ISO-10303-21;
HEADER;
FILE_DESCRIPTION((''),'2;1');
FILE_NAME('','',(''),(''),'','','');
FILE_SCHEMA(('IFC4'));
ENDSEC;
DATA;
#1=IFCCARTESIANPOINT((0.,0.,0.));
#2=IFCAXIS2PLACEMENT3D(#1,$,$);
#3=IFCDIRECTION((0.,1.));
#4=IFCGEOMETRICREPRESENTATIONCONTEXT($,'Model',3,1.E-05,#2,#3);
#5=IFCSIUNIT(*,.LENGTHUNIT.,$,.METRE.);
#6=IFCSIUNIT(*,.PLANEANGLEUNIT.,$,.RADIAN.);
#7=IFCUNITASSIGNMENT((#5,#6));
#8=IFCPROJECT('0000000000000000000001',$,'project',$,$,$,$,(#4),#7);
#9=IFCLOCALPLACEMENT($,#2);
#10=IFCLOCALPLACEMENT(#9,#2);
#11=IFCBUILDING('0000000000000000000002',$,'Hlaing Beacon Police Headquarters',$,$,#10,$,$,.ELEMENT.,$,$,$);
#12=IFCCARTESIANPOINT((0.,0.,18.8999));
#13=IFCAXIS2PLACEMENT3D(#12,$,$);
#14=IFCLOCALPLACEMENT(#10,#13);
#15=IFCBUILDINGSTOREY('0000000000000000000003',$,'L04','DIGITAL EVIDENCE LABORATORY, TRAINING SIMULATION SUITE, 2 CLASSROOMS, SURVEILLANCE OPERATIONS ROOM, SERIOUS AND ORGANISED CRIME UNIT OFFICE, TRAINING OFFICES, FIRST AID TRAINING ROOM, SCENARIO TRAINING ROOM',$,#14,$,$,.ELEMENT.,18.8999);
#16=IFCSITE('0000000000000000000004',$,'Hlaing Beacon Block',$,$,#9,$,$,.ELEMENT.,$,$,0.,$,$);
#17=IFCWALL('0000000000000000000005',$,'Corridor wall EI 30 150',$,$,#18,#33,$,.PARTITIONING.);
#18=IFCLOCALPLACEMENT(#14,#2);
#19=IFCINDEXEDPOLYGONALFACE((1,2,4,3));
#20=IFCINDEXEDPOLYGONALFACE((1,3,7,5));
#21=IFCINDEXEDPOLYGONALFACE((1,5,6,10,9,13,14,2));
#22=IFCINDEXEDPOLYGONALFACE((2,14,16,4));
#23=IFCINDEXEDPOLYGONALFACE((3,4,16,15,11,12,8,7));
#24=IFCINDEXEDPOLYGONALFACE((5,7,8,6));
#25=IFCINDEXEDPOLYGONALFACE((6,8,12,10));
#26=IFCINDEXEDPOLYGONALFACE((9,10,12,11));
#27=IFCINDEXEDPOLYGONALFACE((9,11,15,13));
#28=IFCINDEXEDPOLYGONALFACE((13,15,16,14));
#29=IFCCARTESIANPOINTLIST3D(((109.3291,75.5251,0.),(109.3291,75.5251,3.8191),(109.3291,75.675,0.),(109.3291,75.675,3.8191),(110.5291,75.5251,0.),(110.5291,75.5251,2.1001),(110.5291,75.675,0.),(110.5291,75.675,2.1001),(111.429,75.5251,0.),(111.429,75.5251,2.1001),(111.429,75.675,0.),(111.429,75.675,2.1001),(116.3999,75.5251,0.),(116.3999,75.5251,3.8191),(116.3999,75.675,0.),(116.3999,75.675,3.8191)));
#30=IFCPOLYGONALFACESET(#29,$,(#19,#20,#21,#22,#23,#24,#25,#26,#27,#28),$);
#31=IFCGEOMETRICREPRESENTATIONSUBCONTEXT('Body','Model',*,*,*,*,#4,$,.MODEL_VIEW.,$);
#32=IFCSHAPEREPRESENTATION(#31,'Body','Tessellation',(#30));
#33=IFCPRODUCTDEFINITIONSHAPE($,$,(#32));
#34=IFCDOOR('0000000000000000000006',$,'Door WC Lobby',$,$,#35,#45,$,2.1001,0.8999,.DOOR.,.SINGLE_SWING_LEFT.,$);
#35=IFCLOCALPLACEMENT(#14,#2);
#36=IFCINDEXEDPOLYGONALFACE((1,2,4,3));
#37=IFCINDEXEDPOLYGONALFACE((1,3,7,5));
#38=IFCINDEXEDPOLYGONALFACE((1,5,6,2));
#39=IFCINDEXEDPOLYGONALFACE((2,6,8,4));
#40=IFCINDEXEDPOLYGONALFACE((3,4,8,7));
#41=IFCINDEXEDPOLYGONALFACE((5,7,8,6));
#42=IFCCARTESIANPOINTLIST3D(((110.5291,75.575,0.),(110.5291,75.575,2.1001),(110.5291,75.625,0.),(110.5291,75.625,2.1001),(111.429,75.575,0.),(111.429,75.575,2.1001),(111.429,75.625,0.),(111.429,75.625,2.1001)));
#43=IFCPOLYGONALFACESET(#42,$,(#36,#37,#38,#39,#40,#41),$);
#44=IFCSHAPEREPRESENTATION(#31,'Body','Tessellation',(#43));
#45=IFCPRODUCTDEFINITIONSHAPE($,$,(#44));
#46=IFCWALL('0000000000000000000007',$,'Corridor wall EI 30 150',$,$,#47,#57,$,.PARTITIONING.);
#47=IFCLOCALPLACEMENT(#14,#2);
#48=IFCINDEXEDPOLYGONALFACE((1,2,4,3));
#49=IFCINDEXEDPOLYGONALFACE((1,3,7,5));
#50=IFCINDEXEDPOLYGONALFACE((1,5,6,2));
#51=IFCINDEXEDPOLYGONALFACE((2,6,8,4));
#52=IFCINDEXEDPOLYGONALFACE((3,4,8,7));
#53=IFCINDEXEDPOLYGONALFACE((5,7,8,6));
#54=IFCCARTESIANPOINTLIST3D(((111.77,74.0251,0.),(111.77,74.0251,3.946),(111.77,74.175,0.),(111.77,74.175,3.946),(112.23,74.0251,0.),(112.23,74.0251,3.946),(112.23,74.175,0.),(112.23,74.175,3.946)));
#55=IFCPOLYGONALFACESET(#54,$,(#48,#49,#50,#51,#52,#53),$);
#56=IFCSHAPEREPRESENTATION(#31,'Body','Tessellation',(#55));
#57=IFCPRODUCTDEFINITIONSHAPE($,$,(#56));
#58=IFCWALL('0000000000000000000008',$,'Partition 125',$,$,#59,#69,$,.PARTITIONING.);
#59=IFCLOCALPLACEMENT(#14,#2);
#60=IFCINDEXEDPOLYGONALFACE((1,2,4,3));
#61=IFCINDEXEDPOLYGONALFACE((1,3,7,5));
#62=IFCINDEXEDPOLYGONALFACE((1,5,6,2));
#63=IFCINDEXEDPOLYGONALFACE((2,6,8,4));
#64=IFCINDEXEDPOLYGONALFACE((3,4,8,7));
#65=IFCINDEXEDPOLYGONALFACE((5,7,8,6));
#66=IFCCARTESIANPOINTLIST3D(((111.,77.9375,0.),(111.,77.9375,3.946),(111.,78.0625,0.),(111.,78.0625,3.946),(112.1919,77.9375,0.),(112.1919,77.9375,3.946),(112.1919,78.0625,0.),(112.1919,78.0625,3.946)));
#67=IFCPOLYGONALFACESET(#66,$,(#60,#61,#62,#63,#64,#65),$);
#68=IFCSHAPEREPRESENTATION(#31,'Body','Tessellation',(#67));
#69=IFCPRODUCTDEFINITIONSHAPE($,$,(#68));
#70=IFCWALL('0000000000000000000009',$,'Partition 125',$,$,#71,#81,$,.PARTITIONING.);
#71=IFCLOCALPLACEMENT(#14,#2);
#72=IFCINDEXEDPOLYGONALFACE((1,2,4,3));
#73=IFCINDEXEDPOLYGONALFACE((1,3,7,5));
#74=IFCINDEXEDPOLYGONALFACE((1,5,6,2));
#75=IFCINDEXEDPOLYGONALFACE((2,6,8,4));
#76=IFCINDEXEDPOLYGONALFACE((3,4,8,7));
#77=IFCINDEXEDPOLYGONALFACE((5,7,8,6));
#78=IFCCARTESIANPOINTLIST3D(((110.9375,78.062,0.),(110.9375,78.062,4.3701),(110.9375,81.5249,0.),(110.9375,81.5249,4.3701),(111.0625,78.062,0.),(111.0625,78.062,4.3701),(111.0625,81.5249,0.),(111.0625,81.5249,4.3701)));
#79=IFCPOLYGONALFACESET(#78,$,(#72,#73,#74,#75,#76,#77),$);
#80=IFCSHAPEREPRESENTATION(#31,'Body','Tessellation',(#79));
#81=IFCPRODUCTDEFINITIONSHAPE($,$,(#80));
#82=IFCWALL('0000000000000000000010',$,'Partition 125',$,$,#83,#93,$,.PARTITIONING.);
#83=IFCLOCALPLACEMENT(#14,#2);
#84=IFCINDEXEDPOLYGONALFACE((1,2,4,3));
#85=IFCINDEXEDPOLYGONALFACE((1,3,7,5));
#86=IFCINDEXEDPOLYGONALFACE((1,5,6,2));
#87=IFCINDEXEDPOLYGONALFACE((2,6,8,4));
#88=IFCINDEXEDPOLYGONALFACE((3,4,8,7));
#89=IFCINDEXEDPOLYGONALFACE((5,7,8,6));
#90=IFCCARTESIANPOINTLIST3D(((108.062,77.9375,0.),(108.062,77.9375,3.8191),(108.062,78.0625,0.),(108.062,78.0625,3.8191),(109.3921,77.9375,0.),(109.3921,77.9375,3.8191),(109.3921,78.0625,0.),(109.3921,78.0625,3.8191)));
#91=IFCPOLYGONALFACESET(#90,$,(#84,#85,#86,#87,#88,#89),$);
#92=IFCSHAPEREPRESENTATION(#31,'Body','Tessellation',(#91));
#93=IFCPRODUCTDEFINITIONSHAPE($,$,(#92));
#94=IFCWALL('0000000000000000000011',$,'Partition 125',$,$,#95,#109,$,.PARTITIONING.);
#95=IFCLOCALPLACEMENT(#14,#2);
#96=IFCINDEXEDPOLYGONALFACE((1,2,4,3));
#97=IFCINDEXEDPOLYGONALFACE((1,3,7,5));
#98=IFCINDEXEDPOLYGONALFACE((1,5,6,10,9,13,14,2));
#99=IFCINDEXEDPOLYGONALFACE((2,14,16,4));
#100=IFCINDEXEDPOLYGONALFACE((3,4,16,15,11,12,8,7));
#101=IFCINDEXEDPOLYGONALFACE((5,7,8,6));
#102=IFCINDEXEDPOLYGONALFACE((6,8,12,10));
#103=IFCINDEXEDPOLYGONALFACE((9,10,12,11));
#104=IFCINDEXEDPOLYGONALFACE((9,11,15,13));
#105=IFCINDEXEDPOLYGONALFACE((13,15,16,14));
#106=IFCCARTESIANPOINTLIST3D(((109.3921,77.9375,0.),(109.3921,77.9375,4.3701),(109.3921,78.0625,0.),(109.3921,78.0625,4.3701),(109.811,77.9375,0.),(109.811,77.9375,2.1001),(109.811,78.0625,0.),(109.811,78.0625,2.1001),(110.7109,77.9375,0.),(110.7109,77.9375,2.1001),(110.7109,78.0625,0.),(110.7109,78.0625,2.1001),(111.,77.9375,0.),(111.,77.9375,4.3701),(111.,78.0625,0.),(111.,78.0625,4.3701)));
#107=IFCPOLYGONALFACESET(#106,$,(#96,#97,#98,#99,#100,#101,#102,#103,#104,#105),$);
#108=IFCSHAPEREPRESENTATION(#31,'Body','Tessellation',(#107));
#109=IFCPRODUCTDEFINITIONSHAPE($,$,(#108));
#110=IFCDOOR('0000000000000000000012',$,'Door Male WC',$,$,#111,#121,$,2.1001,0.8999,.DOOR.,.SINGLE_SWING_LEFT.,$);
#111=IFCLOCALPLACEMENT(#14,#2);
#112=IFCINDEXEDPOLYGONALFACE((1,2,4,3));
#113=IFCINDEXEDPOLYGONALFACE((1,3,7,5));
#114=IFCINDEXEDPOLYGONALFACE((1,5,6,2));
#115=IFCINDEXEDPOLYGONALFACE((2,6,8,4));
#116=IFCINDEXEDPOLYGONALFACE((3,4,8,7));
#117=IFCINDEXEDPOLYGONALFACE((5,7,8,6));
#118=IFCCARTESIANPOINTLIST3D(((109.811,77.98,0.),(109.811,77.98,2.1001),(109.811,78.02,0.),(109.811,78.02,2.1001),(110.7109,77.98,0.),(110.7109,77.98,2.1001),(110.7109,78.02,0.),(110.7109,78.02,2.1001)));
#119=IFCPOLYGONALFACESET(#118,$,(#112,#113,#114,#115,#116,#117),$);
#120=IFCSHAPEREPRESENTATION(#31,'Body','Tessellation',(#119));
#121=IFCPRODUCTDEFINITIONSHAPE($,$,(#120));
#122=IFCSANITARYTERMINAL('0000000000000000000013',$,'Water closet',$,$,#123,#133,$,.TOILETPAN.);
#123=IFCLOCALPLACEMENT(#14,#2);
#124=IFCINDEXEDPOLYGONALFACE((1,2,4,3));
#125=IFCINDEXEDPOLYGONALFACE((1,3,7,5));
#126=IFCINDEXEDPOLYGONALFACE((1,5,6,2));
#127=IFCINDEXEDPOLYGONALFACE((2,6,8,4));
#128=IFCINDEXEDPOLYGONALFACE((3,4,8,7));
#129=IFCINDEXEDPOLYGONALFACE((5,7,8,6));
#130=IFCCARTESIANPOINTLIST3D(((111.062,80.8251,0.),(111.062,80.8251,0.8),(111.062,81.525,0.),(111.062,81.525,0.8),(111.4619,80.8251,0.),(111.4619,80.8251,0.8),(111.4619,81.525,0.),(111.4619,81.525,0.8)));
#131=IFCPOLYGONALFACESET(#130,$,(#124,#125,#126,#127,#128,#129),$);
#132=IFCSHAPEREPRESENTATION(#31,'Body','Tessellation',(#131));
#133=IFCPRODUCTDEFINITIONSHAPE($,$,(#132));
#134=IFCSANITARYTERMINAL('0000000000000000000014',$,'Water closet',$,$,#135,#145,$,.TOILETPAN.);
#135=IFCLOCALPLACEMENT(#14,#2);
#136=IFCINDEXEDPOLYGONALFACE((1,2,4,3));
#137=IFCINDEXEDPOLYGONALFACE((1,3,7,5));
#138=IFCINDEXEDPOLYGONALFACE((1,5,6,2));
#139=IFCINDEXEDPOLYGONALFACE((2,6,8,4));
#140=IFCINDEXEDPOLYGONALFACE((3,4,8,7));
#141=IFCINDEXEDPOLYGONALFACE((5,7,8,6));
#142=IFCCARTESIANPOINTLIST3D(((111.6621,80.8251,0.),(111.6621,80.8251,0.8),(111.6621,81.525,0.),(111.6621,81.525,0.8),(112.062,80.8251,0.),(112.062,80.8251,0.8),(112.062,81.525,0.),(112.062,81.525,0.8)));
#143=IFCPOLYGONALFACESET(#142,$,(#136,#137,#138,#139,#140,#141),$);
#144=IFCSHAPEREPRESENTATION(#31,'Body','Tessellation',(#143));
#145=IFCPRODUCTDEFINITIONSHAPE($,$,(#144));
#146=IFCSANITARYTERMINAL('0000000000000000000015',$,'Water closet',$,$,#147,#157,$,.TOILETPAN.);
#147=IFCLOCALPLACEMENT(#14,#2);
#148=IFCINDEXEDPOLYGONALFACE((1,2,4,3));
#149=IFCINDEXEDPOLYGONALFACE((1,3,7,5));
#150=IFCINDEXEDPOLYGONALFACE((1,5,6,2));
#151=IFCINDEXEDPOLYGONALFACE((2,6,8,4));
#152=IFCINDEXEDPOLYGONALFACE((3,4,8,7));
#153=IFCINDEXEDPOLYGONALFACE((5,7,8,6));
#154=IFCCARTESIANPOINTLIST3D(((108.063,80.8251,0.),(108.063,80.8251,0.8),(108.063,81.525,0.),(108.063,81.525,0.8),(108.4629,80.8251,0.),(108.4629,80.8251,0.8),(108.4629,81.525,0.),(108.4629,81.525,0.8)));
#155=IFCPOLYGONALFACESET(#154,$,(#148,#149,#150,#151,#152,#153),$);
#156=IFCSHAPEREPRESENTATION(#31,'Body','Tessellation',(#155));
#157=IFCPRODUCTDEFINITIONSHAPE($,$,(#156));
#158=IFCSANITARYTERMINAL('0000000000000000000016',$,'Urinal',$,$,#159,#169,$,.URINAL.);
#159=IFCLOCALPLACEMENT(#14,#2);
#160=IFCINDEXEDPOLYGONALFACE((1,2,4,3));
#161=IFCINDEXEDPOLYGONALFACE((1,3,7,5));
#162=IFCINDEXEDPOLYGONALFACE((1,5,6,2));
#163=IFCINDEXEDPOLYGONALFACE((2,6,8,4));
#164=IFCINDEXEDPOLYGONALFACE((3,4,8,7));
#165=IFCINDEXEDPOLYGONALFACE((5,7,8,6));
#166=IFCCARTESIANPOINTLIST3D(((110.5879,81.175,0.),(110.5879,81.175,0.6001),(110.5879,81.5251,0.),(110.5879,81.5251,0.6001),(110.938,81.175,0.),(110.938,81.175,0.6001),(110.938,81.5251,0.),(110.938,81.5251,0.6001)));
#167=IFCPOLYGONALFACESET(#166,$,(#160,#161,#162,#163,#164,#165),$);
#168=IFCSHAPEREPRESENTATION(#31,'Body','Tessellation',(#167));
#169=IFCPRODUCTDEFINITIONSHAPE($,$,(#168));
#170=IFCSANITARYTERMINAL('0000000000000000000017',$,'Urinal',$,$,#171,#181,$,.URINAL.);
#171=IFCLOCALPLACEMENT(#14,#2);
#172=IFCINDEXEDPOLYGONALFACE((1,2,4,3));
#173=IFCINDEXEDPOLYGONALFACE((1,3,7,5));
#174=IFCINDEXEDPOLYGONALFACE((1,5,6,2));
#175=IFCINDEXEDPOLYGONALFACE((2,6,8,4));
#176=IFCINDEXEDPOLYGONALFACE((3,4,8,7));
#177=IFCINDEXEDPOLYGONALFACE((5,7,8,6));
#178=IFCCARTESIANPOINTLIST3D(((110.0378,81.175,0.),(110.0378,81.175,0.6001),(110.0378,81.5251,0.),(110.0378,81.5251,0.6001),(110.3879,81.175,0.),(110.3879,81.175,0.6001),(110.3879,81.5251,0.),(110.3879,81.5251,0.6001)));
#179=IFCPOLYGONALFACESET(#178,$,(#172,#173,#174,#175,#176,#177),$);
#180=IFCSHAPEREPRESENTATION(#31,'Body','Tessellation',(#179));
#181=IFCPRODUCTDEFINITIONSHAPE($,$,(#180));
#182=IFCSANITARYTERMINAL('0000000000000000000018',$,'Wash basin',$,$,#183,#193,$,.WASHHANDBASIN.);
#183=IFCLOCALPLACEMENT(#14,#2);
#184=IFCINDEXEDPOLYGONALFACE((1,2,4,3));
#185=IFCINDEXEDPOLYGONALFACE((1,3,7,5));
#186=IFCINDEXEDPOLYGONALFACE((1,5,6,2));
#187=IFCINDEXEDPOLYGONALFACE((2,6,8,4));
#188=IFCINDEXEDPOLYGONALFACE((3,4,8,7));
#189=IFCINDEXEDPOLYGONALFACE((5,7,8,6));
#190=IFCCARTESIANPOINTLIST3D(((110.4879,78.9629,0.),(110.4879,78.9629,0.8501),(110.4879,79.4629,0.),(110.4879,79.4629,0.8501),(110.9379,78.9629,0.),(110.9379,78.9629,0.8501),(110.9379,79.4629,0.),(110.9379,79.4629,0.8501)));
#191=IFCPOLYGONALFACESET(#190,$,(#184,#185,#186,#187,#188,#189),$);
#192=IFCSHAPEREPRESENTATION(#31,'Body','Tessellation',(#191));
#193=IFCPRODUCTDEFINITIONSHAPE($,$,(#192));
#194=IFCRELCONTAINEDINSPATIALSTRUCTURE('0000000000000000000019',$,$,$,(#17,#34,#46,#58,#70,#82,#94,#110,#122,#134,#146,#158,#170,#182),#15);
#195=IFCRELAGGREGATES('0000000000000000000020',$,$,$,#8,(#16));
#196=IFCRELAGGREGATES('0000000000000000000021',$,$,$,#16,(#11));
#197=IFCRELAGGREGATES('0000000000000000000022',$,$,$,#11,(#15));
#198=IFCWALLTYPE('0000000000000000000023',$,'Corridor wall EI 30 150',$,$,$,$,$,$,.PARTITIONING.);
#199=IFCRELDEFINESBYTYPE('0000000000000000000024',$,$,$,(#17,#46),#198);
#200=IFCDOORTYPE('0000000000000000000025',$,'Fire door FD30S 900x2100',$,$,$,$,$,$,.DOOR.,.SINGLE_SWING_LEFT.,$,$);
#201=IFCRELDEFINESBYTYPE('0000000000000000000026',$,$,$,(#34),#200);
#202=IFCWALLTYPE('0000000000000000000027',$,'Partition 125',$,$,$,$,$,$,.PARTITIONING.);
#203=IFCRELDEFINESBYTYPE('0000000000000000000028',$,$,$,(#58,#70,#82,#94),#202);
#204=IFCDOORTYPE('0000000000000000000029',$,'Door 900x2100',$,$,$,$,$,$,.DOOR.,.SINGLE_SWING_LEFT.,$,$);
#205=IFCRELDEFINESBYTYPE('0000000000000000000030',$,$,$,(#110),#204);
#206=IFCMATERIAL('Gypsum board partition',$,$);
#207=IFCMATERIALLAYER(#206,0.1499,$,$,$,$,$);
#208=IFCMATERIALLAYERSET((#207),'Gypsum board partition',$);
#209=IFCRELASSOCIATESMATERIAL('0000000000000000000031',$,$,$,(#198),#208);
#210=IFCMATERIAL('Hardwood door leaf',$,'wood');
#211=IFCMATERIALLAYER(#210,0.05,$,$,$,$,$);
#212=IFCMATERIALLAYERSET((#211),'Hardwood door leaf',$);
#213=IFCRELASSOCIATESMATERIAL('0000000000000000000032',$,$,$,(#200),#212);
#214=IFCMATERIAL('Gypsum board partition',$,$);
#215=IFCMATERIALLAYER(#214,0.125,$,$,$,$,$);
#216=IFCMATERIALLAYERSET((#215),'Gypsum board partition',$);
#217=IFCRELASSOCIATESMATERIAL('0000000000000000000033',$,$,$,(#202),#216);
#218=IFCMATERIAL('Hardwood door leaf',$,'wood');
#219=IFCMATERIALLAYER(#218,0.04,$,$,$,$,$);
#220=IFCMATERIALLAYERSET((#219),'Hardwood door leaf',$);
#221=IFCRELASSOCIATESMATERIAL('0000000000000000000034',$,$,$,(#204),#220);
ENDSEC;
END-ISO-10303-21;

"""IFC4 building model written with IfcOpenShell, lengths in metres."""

from ifc_helpers import new_model, si_unit, direction, frame, frame_2d, origin, origin_2d, place, context, subcontext, project, spatial, rectangle, extrude, material, layer, layer_set, type_object, element, fill, save


model = new_model("IFC4")

# Units and contexts
model_context = context("Model", 3, precision=1e-05, world=origin(), true_north=direction((0.0, 1.0)))
body_context = subcontext(model_context, "Body", "Model", "MODEL_VIEW")
ifc_project = project(units=[si_unit("LENGTHUNIT", "METRE"), si_unit("PLANEANGLEUNIT", "RADIAN")], contexts=[model_context])

# Site, building, storey
site_placement = place(None, origin())
site = spatial("IfcSite", under=ifc_project, at=site_placement, Name="Hlaing Beacon Block", CompositionType="ELEMENT", RefElevation=0.0)
building_placement = place(site_placement, origin())
building = spatial("IfcBuilding", under=site, at=building_placement, Name="Hlaing Beacon Police Headquarters", CompositionType="ELEMENT")
storey_placement = place(building_placement, frame((0.0, 0.0, 18.8999)))
storey = spatial("IfcBuildingStorey", under=building, at=storey_placement, Name="L04", Description="DIGITAL EVIDENCE LABORATORY, TRAINING SIMULATION SUITE, 2 CLASSROOMS, SURVEILLANCE OPERATIONS ROOM, SERIOUS AND ORGANISED CRIME UNIT OFFICE, TRAINING OFFICES, FIRST AID TRAINING ROOM, SCENARIO TRAINING ROOM", CompositionType="ELEMENT", Elevation=18.8999)

# Wall, opening, door
ifc_material_1 = material(Name="Gypsum board partition")
ifc_layer_1 = layer(ifc_material_1, 0.1499)
ifc_layer_set_1 = layer_set([ifc_layer_1], Name="Gypsum board partition")
wall_type_1 = type_object("IfcWallType", Name="Corridor wall EI 30 150", PredefinedType="PARTITIONING", material=ifc_layer_set_1)
wall_1_placement = place(storey_placement, frame((109.3291, 75.6001, 0.0), z_axis=(0.0, 0.0, 1.0), x_axis=(1.0, 0.0, 0.0)))
wall_1 = element("IfcWall", 1, at=wall_1_placement, inside=storey, type_object=wall_type_1, Name="Corridor wall EI 30 150", PredefinedType="PARTITIONING", context=body_context, shape_type="SweptSolid", body=[
    extrude(rectangle(XDim=7.0708, YDim=0.1499, at=frame_2d((3.5354, 0.0))), origin(), (0.0, 0.0, 1.0), 3.8191),
])
opening_1_placement = place(wall_1_placement, frame((1.2, 0.0, 0.0)))
opening_1 = element("IfcOpeningElement", 2, at=opening_1_placement, cuts=wall_1, PredefinedType="OPENING", context=body_context, shape_type="SweptSolid", body=[
    extrude(rectangle(XDim=0.8999, YDim=2.1001, at=frame_2d((0.45, 1.05))), frame((0.0, 0.085, 0.0), z_axis=(0.0, -1.0, 0.0), x_axis=(1.0, 0.0, 0.0)), (0.0, 0.0, 1.0), 0.1699),
])
ifc_material_2 = material(Name="Hardwood door leaf", Category="wood")
ifc_layer_2 = layer(ifc_material_2, 0.05)
ifc_layer_set_2 = layer_set([ifc_layer_2], Name="Hardwood door leaf")
door_type_1 = type_object("IfcDoorType", Name="Fire door FD30S 900x2100", OperationType="SINGLE_SWING_LEFT", PredefinedType="DOOR", material=ifc_layer_set_2)
door_1_placement = place(opening_1_placement, origin())
door_1 = element("IfcDoor", 3, at=door_1_placement, inside=storey, type_object=door_type_1, Name="Door WC Lobby", OperationType="SINGLE_SWING_LEFT", OverallHeight=2.1001, OverallWidth=0.8999, PredefinedType="DOOR", context=body_context, shape_type="SweptSolid", body=[
    extrude(rectangle(XDim=0.8999, YDim=2.1001, at=frame_2d((0.45, 1.05))), frame((0.0, 0.0249, 0.0), z_axis=(0.0, -1.0, 0.0), x_axis=(1.0, 0.0, 0.0)), (0.0, 0.0, 1.0), 0.05),
])
fill(opening_1, door_1)

# Walls
wall_2_placement = place(storey_placement, frame((111.77, 74.1001, 0.0), z_axis=(0.0, 0.0, 1.0), x_axis=(1.0, 0.0, 0.0)))
element("IfcWall", 4, at=wall_2_placement, inside=storey, type_object=wall_type_1, Name="Corridor wall EI 30 150", PredefinedType="PARTITIONING", context=body_context, shape_type="SweptSolid", body=[
    extrude(rectangle(XDim=0.46, YDim=0.1499, at=frame_2d((0.23, 0.0))), origin(), (0.0, 0.0, 1.0), 3.946),
])
ifc_material_3 = material(Name="Gypsum board partition")
ifc_layer_3 = layer(ifc_material_3, 0.125)
ifc_layer_set_3 = layer_set([ifc_layer_3], Name="Gypsum board partition")
wall_type_2 = type_object("IfcWallType", Name="Partition 125", PredefinedType="PARTITIONING", material=ifc_layer_set_3)
wall_3_placement = place(storey_placement, frame((111.0, 78.0, 0.0), z_axis=(0.0, 0.0, 1.0), x_axis=(1.0, 0.0, 0.0)))
element("IfcWall", 5, at=wall_3_placement, inside=storey, type_object=wall_type_2, Name="Partition 125", PredefinedType="PARTITIONING", context=body_context, shape_type="SweptSolid", body=[
    extrude(rectangle(XDim=1.1919, YDim=0.125, at=frame_2d((0.5959, 0.0))), origin(), (0.0, 0.0, 1.0), 3.946),
])
wall_4_placement = place(storey_placement, frame((111.0, 78.062, 0.0), z_axis=(0.0, 0.0, 1.0), x_axis=(0.0, 1.0, 0.0)))
element("IfcWall", 6, at=wall_4_placement, inside=storey, type_object=wall_type_2, Name="Partition 125", PredefinedType="PARTITIONING", context=body_context, shape_type="SweptSolid", body=[
    extrude(rectangle(XDim=3.4629, YDim=0.125, at=frame_2d((1.7314, 0.0))), origin(), (0.0, 0.0, 1.0), 4.3701),
])
wall_5_placement = place(storey_placement, frame((108.062, 78.0, 0.0), z_axis=(0.0, 0.0, 1.0), x_axis=(1.0, 0.0, 0.0)))
element("IfcWall", 7, at=wall_5_placement, inside=storey, type_object=wall_type_2, Name="Partition 125", PredefinedType="PARTITIONING", context=body_context, shape_type="SweptSolid", body=[
    extrude(rectangle(XDim=1.3301, YDim=0.125, at=frame_2d((0.665, 0.0))), origin(), (0.0, 0.0, 1.0), 3.8191),
])

# Wall, opening, door
wall_6_placement = place(storey_placement, frame((109.3921, 78.0, 0.0), z_axis=(0.0, 0.0, 1.0), x_axis=(1.0, 0.0, 0.0)))
wall_6 = element("IfcWall", 8, at=wall_6_placement, inside=storey, type_object=wall_type_2, Name="Partition 125", PredefinedType="PARTITIONING", context=body_context, shape_type="SweptSolid", body=[
    extrude(rectangle(XDim=1.6079, YDim=0.125, at=frame_2d((0.804, 0.0))), origin(), (0.0, 0.0, 1.0), 4.3701),
])
opening_2_placement = place(wall_6_placement, frame((0.4189, 0.0, 0.0)))
opening_2 = element("IfcOpeningElement", 9, at=opening_2_placement, cuts=wall_6, PredefinedType="OPENING", context=body_context, shape_type="SweptSolid", body=[
    extrude(rectangle(XDim=0.8999, YDim=2.1001, at=frame_2d((0.45, 1.05))), frame((0.0, 0.0725, 0.0), z_axis=(0.0, -1.0, 0.0), x_axis=(1.0, 0.0, 0.0)), (0.0, 0.0, 1.0), 0.145),
])
ifc_material_4 = material(Name="Hardwood door leaf", Category="wood")
ifc_layer_4 = layer(ifc_material_4, 0.04)
ifc_layer_set_4 = layer_set([ifc_layer_4], Name="Hardwood door leaf")
door_type_2 = type_object("IfcDoorType", Name="Door 900x2100", OperationType="SINGLE_SWING_LEFT", PredefinedType="DOOR", material=ifc_layer_set_4)
door_2_placement = place(opening_2_placement, origin())
door_2 = element("IfcDoor", 10, at=door_2_placement, inside=storey, type_object=door_type_2, Name="Door Male WC", OperationType="SINGLE_SWING_LEFT", OverallHeight=2.1001, OverallWidth=0.8999, PredefinedType="DOOR", context=body_context, shape_type="SweptSolid", body=[
    extrude(rectangle(XDim=0.8999, YDim=2.1001, at=frame_2d((0.45, 1.05))), frame((0.0, 0.02, 0.0), z_axis=(0.0, -1.0, 0.0), x_axis=(1.0, 0.0, 0.0)), (0.0, 0.0, 1.0), 0.04),
])
fill(opening_2, door_2)

# Sanitary terminals
for number, where, z_axis, x_axis, name in (
    (11, (111.262, 81.175, 0.0), (0.0, 0.0, 1.0), (1.0, 0.0, 0.0), "Water closet"),
    (12, (111.8621, 81.175, 0.0), (0.0, 0.0, 1.0), (1.0, 0.0, 0.0), "Water closet"),
    (13, (108.2629, 81.175, 0.0), (0.0, 0.0, 1.0), (1.0, 0.0, 0.0), "Water closet"),
):
    element("IfcSanitaryTerminal", number, at=place(storey_placement, frame(where, z_axis=z_axis, x_axis=x_axis)), inside=storey, Name=name, PredefinedType="TOILETPAN", context=body_context, shape_type="SweptSolid", body=[
        extrude(rectangle(XDim=0.3999, YDim=0.7, at=origin_2d()), origin(), (0.0, 0.0, 1.0), 0.8),
    ])
for number, where, z_axis, x_axis, name in (
    (14, (110.7629, 81.3501, 0.0), (0.0, 0.0, 1.0), (1.0, 0.0, 0.0), "Urinal"),
    (15, (110.2129, 81.3501, 0.0), (0.0, 0.0, 1.0), (1.0, 0.0, 0.0), "Urinal"),
):
    element("IfcSanitaryTerminal", number, at=place(storey_placement, frame(where, z_axis=z_axis, x_axis=x_axis)), inside=storey, Name=name, PredefinedType="URINAL", context=body_context, shape_type="SweptSolid", body=[
        extrude(rectangle(XDim=0.3501, YDim=0.3501, at=origin_2d()), origin(), (0.0, 0.0, 1.0), 0.6001),
    ])
for number, where, z_axis, x_axis, name in (
    (16, (110.7129, 79.2129, 0.0), (0.0, 0.0, 1.0), (1.0, 0.0, 0.0), "Wash basin"),
):
    element("IfcSanitaryTerminal", number, at=place(storey_placement, frame(where, z_axis=z_axis, x_axis=x_axis)), inside=storey, Name=name, PredefinedType="WASHHANDBASIN", context=body_context, shape_type="SweptSolid", body=[
        extrude(rectangle(XDim=0.45, YDim=0.5, at=origin_2d()), origin(), (0.0, 0.0, 1.0), 0.8501),
    ])

save(model, "model.ifc")
